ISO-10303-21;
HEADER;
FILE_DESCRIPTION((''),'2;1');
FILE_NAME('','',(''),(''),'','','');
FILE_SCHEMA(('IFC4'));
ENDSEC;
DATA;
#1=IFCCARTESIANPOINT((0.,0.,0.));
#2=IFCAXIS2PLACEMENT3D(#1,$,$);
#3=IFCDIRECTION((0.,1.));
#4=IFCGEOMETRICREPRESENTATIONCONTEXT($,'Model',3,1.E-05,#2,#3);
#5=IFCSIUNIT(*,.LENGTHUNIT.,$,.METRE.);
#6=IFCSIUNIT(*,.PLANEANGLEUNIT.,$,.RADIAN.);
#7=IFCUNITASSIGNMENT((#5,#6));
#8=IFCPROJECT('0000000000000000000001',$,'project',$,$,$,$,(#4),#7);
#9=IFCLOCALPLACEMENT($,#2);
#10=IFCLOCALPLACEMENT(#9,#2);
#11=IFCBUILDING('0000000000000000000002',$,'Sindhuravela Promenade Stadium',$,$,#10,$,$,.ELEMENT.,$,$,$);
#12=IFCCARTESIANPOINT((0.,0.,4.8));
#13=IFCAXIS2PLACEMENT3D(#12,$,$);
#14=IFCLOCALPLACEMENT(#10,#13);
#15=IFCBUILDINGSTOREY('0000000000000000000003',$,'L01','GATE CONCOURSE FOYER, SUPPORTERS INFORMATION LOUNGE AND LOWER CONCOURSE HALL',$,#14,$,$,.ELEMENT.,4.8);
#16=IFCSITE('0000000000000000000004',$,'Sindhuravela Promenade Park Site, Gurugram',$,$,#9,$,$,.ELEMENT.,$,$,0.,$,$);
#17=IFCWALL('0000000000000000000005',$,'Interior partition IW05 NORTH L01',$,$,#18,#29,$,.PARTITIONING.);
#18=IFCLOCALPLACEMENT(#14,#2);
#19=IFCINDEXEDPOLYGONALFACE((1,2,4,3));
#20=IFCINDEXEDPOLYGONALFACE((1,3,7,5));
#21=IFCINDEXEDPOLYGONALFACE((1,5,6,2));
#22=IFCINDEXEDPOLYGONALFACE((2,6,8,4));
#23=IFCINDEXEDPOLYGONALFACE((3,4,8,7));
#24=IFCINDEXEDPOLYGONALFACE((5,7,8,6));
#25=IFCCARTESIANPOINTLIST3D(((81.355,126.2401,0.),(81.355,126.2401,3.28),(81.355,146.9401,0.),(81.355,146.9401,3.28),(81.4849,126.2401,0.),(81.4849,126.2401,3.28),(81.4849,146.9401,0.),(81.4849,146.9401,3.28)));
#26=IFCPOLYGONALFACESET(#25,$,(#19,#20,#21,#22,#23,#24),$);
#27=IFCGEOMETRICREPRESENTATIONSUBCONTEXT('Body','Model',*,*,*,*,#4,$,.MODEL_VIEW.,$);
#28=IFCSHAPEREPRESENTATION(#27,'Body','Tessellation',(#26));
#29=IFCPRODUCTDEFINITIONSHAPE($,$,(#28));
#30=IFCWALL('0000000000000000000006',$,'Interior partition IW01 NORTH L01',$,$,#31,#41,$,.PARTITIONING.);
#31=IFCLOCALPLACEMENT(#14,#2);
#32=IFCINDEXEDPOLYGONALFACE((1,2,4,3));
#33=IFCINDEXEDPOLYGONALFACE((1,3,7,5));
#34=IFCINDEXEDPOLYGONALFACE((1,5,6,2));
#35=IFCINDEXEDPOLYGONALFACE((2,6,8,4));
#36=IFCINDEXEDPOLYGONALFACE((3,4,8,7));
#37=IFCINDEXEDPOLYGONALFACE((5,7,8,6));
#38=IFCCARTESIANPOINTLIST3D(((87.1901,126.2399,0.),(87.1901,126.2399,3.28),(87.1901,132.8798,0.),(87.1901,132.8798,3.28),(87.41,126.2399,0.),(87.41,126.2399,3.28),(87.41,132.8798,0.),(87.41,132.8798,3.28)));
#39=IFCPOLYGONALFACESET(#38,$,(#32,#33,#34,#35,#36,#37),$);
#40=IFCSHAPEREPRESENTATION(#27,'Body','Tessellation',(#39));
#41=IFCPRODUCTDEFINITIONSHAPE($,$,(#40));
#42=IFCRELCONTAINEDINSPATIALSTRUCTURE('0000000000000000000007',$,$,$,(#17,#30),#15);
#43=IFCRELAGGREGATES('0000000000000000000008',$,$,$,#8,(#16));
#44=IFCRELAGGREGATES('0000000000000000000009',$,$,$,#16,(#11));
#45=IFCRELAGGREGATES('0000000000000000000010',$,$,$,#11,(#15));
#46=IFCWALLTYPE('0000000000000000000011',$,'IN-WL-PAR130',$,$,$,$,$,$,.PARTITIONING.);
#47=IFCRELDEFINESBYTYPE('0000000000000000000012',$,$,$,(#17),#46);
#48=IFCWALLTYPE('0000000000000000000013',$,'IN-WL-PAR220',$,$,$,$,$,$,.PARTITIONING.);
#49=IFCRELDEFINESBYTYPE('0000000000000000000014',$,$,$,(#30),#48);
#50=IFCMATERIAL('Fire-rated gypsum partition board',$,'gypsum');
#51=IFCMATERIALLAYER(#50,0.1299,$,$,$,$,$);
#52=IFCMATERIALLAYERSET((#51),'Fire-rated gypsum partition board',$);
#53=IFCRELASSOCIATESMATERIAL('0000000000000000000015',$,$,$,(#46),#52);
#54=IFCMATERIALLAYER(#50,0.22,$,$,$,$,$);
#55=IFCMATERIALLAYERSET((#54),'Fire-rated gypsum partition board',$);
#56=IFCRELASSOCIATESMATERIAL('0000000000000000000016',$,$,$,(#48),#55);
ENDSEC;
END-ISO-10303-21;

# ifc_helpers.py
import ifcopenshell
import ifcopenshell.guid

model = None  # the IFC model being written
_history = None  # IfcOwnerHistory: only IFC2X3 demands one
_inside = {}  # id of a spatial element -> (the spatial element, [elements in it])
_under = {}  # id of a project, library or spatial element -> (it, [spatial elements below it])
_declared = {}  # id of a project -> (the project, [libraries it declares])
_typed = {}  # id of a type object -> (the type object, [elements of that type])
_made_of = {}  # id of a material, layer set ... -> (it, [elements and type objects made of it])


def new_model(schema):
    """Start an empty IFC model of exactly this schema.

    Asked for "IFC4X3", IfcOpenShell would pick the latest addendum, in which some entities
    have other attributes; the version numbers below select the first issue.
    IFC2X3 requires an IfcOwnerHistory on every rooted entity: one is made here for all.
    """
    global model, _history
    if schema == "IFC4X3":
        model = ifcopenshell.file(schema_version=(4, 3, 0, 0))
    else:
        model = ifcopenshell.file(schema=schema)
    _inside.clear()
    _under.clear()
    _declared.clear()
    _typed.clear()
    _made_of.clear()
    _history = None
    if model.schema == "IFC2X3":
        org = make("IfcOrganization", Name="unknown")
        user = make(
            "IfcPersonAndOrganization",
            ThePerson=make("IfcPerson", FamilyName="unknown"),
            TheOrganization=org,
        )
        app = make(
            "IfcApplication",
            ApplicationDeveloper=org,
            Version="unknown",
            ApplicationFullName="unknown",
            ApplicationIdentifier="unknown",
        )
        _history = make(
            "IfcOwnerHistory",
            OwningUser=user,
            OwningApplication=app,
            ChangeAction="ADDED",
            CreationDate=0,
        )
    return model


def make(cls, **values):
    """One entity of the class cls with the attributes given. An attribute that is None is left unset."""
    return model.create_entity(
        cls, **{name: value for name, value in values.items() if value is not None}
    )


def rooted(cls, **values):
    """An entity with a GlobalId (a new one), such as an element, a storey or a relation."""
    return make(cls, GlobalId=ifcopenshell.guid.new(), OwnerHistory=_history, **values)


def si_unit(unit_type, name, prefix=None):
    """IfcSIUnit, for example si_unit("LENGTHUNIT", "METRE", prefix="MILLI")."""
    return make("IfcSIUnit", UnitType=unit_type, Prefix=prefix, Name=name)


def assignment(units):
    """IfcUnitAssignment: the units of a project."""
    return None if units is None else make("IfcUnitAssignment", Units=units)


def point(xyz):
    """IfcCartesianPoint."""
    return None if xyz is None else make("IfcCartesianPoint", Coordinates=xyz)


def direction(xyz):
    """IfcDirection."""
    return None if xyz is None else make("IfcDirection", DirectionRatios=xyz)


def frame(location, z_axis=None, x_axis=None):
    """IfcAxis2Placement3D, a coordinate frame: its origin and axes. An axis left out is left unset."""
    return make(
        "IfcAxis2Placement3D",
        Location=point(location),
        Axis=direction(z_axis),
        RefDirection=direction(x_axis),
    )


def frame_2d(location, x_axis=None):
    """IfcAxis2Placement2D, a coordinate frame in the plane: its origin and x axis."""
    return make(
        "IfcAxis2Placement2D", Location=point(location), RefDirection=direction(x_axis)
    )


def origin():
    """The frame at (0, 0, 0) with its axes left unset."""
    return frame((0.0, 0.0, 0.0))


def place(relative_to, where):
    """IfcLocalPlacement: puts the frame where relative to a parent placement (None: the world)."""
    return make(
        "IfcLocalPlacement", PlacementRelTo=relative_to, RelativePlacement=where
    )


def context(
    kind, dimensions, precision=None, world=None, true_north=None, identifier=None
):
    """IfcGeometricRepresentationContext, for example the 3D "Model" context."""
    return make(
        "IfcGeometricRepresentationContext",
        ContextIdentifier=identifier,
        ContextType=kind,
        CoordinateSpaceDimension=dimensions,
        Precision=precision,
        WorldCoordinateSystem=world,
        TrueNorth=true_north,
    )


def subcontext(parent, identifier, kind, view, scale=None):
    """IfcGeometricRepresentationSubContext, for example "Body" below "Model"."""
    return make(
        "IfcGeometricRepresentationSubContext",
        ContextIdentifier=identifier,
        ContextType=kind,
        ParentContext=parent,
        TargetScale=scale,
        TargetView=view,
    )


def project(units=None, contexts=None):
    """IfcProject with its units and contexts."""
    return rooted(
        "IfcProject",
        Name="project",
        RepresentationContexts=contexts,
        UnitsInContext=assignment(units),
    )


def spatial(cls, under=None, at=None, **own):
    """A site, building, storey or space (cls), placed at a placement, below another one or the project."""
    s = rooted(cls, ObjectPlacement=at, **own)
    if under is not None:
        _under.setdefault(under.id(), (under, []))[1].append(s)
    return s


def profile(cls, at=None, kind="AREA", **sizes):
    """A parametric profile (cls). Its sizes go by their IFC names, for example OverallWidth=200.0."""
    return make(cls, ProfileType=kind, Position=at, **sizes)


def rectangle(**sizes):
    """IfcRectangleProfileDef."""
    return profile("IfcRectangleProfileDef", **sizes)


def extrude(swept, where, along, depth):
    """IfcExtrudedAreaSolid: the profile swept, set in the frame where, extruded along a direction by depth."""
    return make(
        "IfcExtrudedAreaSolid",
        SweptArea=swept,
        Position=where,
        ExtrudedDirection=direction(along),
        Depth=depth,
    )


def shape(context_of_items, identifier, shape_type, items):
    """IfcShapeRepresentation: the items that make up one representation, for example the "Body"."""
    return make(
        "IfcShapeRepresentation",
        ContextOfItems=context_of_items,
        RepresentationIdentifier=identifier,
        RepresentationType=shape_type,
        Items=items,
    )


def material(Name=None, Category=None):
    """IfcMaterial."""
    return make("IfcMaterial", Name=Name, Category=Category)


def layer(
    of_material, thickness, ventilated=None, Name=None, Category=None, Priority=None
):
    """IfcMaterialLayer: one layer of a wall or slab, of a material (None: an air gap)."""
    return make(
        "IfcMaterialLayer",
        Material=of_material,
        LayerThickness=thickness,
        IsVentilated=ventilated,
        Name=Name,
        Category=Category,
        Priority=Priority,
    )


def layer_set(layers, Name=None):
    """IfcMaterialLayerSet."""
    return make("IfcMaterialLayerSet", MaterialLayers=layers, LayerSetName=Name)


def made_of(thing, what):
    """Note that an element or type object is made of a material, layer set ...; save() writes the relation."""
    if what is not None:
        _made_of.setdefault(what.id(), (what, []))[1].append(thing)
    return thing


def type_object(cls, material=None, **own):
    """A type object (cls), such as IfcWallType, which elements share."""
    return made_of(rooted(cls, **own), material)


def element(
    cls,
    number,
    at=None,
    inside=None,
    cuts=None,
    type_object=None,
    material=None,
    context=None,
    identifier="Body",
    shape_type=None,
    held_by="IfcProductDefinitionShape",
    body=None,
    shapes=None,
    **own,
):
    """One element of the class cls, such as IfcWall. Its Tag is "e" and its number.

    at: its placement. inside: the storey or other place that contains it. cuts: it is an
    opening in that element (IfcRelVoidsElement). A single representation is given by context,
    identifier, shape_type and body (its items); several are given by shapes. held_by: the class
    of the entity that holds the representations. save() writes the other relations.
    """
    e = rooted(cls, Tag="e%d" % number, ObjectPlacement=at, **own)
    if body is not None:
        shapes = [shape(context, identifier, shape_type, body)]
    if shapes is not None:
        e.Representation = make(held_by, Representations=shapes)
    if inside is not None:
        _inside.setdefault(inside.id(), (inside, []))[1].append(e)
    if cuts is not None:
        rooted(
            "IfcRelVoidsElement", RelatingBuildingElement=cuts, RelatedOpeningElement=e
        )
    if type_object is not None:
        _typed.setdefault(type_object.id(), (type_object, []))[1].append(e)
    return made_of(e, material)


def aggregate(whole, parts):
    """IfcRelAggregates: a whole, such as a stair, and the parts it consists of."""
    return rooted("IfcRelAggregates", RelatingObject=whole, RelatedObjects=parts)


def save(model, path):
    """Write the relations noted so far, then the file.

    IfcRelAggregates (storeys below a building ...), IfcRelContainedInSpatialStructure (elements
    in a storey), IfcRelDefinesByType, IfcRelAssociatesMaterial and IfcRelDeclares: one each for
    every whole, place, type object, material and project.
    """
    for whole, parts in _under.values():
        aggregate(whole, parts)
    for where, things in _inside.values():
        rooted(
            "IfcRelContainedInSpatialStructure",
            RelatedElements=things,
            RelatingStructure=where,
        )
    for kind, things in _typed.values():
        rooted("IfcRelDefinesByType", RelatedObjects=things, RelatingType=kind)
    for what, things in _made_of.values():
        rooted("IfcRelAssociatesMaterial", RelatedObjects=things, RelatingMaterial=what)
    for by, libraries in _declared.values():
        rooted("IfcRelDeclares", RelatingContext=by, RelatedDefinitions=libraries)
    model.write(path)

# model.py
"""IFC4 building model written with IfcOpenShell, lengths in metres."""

from ifc_helpers import new_model, si_unit, direction, frame, frame_2d, origin, place, context, subcontext, project, spatial, rectangle, extrude, material, layer, layer_set, type_object, element, save


model = new_model("IFC4")

# Units and contexts
model_context = context("Model", 3, precision=1e-05, world=origin(), true_north=direction((0.0, 1.0)))
body_context = subcontext(model_context, "Body", "Model", "MODEL_VIEW")
ifc_project = project(units=[si_unit("LENGTHUNIT", "METRE"), si_unit("PLANEANGLEUNIT", "RADIAN")], contexts=[model_context])

# Site, building, storey
site_placement = place(None, origin())
site = spatial("IfcSite", under=ifc_project, at=site_placement, Name="Sindhuravela Promenade Park Site, Gurugram", CompositionType="ELEMENT", RefElevation=0.0)
building_placement = place(site_placement, origin())
building = spatial("IfcBuilding", under=site, at=building_placement, Name="Sindhuravela Promenade Stadium", CompositionType="ELEMENT")
storey_placement = place(building_placement, frame((0.0, 0.0, 4.8)))
storey = spatial("IfcBuildingStorey", under=building, at=storey_placement, Name="L01", Description="GATE CONCOURSE FOYER, SUPPORTERS INFORMATION LOUNGE AND LOWER CONCOURSE HALL", CompositionType="ELEMENT", Elevation=4.8)

# Walls
ifc_material_1 = material(Name="Fire-rated gypsum partition board", Category="gypsum")
ifc_layer_1 = layer(ifc_material_1, 0.1299)
ifc_layer_set_1 = layer_set([ifc_layer_1], Name="Fire-rated gypsum partition board")
wall_type_1 = type_object("IfcWallType", Name="IN-WL-PAR130", PredefinedType="PARTITIONING", material=ifc_layer_set_1)
wall_1_placement = place(storey_placement, frame((81.4199, 126.24, 0.0), z_axis=(0.0, 0.0, 1.0), x_axis=(0.0, 1.0, 0.0)))
element("IfcWall", 1, at=wall_1_placement, inside=storey, type_object=wall_type_1, Name="Interior partition IW05 NORTH L01", PredefinedType="PARTITIONING", context=body_context, shape_type="SweptSolid", body=[
    extrude(rectangle(XDim=20.7, YDim=0.1299, at=frame_2d((10.3501, 0.0))), origin(), (0.0, 0.0, 1.0), 3.28),
])
ifc_layer_2 = layer(ifc_material_1, 0.22)
ifc_layer_set_2 = layer_set([ifc_layer_2], Name="Fire-rated gypsum partition board")
wall_type_2 = type_object("IfcWallType", Name="IN-WL-PAR220", PredefinedType="PARTITIONING", material=ifc_layer_set_2)
wall_2_placement = place(storey_placement, frame((87.3, 126.24, 0.0), z_axis=(0.0, 0.0, 1.0), x_axis=(0.0, 1.0, 0.0)))
element("IfcWall", 2, at=wall_2_placement, inside=storey, type_object=wall_type_2, Name="Interior partition IW01 NORTH L01", PredefinedType="PARTITIONING", context=body_context, shape_type="SweptSolid", body=[
    extrude(rectangle(XDim=6.6399, YDim=0.22, at=frame_2d((3.3198, 0.0))), origin(), (0.0, 0.0, 1.0), 3.28),
])

save(model, "model.ifc")
